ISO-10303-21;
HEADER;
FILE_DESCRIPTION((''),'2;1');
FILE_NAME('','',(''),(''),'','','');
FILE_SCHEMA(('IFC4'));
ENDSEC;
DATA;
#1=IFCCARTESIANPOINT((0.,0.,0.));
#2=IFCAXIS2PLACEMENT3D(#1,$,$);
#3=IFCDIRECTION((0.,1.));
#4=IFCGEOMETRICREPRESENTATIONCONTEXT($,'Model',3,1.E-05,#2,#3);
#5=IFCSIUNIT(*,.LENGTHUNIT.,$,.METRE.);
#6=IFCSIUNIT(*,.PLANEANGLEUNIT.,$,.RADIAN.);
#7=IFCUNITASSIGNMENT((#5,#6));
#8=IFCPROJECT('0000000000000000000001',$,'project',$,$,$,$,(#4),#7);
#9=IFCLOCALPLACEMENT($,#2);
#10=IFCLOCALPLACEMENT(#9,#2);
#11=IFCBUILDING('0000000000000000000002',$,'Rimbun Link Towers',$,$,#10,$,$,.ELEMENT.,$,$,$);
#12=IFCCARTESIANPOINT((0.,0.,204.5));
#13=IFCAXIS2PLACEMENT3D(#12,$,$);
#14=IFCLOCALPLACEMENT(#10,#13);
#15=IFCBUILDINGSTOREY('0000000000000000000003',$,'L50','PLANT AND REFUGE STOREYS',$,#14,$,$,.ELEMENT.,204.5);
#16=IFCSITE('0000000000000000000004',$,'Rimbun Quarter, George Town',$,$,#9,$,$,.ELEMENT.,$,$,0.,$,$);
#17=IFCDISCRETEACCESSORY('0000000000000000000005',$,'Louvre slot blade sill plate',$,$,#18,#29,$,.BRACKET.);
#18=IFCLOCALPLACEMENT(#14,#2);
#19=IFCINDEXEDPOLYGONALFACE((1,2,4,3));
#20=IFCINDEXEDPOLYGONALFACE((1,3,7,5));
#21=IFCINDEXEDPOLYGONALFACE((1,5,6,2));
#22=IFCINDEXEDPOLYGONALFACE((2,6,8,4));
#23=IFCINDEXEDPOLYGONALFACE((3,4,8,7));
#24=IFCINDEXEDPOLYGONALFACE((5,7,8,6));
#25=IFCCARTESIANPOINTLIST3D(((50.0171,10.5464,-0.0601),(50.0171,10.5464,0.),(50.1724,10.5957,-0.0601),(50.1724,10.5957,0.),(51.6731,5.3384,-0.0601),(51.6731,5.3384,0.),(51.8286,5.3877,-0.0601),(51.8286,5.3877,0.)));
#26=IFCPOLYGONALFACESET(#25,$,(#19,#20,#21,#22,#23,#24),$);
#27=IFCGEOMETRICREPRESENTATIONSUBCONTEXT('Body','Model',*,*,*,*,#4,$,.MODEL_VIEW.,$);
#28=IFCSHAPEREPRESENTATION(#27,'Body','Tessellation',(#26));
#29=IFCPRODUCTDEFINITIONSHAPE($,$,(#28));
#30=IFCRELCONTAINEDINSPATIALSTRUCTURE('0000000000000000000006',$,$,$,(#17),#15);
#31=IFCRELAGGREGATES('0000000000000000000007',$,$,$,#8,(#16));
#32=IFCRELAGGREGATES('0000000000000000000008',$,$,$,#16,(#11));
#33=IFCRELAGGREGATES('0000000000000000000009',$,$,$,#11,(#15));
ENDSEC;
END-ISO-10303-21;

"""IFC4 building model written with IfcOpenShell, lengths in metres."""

from ifc_helpers import new_model, si_unit, direction, frame, origin, place, context, subcontext, project, spatial, polyline, outline, extrude, element, save


model = new_model("IFC4")

# Units and contexts
model_context = context("Model", 3, precision=1e-05, world=origin(), true_north=direction((0.0, 1.0)))
body_context = subcontext(model_context, "Body", "Model", "MODEL_VIEW")
ifc_project = project(units=[si_unit("LENGTHUNIT", "METRE"), si_unit("PLANEANGLEUNIT", "RADIAN")], contexts=[model_context])

# Site, building, storey
site_placement = place(None, origin())
site = spatial("IfcSite", under=ifc_project, at=site_placement, Name="Rimbun Quarter, George Town", CompositionType="ELEMENT", RefElevation=0.0)
building_placement = place(site_placement, origin())
building = spatial("IfcBuilding", under=site, at=building_placement, Name="Rimbun Link Towers", CompositionType="ELEMENT")
storey_placement = place(building_placement, frame((0.0, 0.0, 204.5)))
storey = spatial("IfcBuildingStorey", under=building, at=storey_placement, Name="L50", Description="PLANT AND REFUGE STOREYS", CompositionType="ELEMENT", Elevation=204.5)

# Discrete accessory
discrete_accessory_placement = place(storey_placement, frame((0.0, 0.0, -0.0601)))
element("IfcDiscreteAccessory", 1, at=discrete_accessory_placement, inside=storey, Name="Louvre slot blade sill plate", PredefinedType="BRACKET", context=body_context, shape_type="SweptSolid", body=[
    extrude(outline(polyline([(50.0171, 10.5464), (50.1724, 10.5957), (51.8286, 5.3877), (51.6731, 5.3384), (50.0171, 10.5464)])), origin(), (0.0, 0.0, 1.0), 0.0601),
])

save(model, "model.ifc")
